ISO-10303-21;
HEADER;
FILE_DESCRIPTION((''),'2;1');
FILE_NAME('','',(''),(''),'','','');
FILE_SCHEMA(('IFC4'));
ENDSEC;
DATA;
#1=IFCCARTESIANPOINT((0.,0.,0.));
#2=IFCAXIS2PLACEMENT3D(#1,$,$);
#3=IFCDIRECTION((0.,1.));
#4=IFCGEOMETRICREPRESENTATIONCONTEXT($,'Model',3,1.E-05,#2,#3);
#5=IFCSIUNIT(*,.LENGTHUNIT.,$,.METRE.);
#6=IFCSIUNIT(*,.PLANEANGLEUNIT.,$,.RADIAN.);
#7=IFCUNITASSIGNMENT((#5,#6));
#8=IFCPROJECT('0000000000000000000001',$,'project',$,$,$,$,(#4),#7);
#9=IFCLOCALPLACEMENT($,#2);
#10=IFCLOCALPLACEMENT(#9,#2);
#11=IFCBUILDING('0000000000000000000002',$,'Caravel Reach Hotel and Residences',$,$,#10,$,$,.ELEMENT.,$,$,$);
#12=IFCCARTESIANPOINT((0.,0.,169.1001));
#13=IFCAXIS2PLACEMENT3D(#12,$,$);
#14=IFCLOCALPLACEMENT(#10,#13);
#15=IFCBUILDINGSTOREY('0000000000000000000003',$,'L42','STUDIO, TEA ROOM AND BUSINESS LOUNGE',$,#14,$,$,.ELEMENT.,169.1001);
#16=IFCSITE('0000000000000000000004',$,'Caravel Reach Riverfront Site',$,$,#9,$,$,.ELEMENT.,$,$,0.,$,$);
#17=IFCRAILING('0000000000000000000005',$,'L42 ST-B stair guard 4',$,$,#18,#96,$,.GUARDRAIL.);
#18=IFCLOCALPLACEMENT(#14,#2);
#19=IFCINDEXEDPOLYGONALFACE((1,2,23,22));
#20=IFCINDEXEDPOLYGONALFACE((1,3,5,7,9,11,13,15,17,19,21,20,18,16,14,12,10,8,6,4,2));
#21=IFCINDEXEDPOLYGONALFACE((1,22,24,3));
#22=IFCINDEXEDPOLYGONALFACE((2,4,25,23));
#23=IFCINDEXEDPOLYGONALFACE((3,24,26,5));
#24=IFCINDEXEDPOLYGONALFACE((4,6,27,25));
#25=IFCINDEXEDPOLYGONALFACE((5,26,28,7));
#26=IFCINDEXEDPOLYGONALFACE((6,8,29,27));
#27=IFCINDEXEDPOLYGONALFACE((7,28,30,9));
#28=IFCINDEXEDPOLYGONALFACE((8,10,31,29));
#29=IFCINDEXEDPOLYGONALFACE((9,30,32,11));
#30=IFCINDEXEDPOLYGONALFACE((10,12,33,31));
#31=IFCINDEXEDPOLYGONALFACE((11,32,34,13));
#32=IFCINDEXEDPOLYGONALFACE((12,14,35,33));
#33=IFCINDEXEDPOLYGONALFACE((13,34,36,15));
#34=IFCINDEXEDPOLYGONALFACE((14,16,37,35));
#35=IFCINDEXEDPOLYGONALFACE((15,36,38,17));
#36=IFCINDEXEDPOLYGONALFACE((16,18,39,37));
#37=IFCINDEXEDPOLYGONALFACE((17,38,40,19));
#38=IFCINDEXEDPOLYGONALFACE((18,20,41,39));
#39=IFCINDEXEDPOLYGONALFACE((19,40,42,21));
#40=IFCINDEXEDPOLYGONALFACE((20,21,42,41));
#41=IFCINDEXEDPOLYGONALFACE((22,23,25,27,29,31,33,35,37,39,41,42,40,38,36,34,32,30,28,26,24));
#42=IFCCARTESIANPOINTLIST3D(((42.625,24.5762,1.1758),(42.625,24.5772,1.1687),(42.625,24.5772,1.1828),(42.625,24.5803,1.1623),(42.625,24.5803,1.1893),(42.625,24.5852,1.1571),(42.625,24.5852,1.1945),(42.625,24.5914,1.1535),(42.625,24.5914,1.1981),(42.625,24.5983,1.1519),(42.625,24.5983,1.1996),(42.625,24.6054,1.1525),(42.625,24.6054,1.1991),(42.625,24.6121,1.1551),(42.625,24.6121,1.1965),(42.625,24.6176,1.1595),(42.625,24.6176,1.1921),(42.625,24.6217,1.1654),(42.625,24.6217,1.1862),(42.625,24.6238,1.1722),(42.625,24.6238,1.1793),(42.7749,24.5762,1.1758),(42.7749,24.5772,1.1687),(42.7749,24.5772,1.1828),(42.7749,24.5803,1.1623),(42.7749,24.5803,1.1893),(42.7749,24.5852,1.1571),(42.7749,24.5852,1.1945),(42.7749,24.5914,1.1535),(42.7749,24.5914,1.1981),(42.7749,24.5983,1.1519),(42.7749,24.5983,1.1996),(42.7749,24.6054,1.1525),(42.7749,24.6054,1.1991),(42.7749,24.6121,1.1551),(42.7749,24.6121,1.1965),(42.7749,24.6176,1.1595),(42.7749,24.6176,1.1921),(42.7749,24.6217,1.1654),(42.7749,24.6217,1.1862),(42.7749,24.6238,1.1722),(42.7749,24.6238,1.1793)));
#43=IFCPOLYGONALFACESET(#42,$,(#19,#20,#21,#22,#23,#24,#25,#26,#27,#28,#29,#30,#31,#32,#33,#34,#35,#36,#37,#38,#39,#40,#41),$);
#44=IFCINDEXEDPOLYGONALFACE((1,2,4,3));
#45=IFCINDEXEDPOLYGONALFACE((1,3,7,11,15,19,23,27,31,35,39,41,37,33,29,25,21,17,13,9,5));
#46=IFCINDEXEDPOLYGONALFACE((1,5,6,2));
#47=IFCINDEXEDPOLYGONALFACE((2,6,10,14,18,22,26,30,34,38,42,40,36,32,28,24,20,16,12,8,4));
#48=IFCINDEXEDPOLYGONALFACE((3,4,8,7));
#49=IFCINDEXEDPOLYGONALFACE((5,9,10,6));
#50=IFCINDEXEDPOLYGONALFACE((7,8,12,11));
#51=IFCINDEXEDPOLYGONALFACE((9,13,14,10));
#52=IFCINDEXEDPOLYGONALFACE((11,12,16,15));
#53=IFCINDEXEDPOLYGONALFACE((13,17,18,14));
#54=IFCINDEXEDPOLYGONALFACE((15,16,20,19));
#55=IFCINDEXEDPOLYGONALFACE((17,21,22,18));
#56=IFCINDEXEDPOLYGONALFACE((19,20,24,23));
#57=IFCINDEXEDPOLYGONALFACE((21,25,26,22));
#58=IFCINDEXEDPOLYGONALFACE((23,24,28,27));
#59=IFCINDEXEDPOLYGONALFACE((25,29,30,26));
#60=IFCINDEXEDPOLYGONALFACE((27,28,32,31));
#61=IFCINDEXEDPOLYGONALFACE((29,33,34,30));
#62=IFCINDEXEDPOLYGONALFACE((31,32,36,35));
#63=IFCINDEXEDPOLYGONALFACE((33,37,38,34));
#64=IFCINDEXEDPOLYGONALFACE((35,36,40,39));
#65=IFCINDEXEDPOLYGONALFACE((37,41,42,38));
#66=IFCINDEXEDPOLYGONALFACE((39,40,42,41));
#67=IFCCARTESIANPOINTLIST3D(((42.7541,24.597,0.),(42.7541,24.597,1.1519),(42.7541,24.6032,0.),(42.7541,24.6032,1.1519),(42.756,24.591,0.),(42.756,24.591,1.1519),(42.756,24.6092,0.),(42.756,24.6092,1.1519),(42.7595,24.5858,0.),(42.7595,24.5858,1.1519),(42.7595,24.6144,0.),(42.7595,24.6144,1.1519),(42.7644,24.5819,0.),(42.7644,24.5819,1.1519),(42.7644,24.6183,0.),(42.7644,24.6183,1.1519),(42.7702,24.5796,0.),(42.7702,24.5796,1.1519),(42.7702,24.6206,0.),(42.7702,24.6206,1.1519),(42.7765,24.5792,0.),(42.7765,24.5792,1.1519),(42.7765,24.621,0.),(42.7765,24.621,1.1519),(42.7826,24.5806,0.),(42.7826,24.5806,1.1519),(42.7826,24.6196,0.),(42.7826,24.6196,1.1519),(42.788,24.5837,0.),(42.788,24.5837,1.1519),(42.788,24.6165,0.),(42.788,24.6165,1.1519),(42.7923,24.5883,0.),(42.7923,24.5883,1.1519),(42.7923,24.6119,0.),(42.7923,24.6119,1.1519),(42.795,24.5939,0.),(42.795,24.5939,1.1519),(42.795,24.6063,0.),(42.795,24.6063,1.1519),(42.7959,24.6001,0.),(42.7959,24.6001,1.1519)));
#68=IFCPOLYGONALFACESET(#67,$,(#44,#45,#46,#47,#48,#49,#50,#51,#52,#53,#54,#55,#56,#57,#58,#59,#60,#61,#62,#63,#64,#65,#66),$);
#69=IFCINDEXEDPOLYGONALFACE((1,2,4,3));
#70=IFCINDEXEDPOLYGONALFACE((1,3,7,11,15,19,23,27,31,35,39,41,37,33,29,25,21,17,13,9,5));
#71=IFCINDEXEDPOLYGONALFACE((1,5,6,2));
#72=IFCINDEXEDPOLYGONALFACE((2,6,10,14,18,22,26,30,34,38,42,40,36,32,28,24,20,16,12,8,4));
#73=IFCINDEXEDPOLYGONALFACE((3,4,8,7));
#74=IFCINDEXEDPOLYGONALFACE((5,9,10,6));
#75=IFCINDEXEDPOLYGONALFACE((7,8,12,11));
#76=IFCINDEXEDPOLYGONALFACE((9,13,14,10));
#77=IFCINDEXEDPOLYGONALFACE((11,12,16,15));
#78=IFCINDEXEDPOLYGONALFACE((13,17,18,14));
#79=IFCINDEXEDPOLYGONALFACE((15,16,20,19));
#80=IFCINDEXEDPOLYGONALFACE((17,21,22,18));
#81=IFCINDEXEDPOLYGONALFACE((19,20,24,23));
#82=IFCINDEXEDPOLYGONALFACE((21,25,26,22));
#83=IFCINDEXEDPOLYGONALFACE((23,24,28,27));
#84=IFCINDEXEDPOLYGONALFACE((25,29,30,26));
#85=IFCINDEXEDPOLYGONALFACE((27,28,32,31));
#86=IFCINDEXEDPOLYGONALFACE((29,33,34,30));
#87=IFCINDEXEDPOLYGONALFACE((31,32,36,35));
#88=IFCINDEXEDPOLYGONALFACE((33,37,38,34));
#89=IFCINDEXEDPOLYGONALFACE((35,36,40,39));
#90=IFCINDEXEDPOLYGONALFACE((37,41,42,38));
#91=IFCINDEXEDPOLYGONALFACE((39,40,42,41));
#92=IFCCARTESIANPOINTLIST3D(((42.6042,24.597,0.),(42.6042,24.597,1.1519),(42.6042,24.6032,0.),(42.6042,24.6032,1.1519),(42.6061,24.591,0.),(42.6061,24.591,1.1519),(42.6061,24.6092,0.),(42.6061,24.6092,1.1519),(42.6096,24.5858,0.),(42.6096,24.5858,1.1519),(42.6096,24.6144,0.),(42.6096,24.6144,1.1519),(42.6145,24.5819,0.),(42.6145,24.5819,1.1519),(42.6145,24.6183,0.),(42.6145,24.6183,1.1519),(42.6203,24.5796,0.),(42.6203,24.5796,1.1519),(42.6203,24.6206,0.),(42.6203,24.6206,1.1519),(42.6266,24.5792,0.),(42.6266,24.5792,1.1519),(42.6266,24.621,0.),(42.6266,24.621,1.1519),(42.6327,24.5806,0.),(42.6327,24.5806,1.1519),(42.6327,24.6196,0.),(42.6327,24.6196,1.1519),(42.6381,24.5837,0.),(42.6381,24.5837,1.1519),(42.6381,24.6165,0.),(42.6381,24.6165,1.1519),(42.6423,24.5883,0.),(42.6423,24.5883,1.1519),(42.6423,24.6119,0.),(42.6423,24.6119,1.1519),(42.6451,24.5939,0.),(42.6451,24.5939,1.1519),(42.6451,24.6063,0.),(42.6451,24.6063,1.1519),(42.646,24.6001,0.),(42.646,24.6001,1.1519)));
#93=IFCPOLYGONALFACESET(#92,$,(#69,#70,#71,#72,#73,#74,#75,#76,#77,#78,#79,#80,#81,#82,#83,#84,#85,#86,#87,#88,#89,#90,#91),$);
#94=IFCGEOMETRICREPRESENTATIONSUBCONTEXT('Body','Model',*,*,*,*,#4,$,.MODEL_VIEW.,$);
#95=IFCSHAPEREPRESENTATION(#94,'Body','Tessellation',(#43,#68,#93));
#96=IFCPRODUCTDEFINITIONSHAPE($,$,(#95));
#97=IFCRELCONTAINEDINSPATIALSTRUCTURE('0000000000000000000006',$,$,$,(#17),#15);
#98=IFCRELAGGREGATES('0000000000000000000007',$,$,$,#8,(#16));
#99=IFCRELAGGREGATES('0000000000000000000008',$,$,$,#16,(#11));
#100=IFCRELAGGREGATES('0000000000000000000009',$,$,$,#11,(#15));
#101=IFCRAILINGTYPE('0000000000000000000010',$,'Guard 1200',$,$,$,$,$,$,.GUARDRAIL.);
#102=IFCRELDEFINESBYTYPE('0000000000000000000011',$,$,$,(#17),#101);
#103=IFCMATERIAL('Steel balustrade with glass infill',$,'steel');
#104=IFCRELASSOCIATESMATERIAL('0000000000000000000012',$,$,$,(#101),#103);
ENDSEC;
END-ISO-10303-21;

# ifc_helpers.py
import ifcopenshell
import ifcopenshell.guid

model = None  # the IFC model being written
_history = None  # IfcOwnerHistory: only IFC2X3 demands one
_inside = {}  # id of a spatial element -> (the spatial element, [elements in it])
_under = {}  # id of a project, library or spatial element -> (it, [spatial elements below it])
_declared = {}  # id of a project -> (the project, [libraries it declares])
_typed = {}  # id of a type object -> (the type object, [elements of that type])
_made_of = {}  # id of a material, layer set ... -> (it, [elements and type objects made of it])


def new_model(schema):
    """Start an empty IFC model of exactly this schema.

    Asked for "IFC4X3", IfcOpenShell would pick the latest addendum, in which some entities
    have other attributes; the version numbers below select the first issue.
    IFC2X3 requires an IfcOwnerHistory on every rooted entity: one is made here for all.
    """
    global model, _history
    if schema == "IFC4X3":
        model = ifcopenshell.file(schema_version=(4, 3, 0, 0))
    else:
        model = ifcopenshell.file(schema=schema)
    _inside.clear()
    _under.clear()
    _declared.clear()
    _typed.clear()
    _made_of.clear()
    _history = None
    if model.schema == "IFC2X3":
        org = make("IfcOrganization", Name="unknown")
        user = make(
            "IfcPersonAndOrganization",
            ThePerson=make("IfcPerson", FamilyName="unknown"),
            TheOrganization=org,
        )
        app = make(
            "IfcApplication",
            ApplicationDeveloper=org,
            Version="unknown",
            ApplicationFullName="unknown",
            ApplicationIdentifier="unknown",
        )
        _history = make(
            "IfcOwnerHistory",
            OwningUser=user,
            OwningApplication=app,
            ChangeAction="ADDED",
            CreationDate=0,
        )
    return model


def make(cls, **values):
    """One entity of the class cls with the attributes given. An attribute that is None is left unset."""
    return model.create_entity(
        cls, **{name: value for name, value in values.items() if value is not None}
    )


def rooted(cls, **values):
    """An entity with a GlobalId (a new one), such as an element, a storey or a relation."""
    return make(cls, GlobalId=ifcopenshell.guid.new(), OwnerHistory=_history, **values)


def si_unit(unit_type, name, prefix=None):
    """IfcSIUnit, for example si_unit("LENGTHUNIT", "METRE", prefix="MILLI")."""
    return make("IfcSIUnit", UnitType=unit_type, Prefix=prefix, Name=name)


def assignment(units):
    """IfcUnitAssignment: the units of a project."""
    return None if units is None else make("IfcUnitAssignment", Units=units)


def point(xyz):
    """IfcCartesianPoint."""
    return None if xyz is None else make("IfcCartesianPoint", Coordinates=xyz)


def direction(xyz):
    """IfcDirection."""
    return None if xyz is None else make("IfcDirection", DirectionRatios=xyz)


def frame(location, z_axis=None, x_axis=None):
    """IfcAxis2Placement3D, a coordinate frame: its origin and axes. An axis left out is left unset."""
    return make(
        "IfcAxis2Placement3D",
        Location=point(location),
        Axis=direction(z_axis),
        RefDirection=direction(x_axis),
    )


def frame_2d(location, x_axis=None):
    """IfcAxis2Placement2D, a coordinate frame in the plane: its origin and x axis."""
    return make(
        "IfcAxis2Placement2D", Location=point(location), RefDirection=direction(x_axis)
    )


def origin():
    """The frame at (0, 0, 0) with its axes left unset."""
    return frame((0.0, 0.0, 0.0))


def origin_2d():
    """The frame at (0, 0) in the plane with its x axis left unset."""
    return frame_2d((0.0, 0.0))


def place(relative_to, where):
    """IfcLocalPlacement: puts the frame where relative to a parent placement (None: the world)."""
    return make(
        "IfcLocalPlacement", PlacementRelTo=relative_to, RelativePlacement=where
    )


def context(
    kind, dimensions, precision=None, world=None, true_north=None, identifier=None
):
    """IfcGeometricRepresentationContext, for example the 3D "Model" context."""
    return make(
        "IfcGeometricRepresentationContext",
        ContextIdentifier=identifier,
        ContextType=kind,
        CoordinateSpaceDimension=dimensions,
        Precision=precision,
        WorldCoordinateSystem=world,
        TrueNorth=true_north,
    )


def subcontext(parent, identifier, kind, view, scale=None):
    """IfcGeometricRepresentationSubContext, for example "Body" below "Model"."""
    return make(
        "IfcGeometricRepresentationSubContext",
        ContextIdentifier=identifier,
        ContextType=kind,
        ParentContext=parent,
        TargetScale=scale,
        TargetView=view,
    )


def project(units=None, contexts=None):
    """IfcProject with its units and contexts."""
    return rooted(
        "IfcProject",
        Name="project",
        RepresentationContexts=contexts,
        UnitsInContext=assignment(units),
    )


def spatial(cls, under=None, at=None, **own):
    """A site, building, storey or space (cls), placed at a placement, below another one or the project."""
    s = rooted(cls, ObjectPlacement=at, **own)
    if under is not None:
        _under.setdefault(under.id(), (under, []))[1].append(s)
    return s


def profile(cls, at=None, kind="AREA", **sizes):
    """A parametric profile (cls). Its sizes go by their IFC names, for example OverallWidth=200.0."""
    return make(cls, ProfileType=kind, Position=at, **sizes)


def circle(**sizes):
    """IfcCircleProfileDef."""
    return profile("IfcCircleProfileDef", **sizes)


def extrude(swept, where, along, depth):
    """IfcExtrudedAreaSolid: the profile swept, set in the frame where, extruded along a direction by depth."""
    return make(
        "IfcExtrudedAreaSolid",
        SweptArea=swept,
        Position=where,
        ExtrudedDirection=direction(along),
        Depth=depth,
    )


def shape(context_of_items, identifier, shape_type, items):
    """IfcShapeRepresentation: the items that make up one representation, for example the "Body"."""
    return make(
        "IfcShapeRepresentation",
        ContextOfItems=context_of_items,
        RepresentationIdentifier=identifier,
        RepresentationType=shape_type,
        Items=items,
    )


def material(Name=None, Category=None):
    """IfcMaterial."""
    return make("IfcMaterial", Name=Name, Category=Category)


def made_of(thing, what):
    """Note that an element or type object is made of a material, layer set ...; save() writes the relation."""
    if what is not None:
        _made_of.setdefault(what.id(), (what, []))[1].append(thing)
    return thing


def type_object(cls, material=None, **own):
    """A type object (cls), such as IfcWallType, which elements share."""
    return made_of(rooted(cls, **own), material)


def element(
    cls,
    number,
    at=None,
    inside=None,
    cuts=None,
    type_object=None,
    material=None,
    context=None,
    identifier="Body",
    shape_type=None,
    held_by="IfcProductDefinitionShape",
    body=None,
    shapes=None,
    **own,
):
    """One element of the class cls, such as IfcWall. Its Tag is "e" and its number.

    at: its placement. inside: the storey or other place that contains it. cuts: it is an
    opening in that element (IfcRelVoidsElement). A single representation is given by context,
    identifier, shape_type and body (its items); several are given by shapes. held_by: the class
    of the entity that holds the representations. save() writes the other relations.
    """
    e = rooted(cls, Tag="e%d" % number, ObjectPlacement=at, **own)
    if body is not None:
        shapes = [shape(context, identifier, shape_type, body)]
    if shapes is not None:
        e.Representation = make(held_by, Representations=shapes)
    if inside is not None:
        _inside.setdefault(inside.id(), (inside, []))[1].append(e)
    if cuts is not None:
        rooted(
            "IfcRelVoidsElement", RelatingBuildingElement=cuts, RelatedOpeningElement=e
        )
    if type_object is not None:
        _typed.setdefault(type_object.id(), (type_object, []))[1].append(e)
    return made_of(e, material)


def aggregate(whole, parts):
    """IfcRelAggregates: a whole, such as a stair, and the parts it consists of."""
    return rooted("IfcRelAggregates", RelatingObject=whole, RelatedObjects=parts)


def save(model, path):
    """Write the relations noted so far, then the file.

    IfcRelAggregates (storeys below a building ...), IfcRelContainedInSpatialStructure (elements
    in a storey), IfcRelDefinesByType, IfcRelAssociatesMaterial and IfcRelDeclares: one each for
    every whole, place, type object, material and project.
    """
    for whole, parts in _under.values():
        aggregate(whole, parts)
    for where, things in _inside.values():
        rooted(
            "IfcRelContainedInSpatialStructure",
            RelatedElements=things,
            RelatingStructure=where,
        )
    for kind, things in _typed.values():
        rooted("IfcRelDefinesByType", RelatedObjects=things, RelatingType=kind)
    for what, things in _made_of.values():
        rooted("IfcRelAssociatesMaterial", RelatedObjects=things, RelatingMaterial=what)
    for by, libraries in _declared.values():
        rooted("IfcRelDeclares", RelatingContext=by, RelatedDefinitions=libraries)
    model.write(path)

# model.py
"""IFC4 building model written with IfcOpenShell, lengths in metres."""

from ifc_helpers import new_model, si_unit, direction, frame, origin, origin_2d, place, context, subcontext, project, spatial, circle, extrude, material, type_object, element, save


model = new_model("IFC4")

# Units and contexts
model_context = context("Model", 3, precision=1e-05, world=origin(), true_north=direction((0.0, 1.0)))
body_context = subcontext(model_context, "Body", "Model", "MODEL_VIEW")
ifc_project = project(units=[si_unit("LENGTHUNIT", "METRE"), si_unit("PLANEANGLEUNIT", "RADIAN")], contexts=[model_context])

# Site, building, storey
site_placement = place(None, origin())
site = spatial("IfcSite", under=ifc_project, at=site_placement, Name="Caravel Reach Riverfront Site", CompositionType="ELEMENT", RefElevation=0.0)
building_placement = place(site_placement, origin())
building = spatial("IfcBuilding", under=site, at=building_placement, Name="Caravel Reach Hotel and Residences", CompositionType="ELEMENT")
storey_placement = place(building_placement, frame((0.0, 0.0, 169.1001)))
storey = spatial("IfcBuildingStorey", under=building, at=storey_placement, Name="L42", Description="STUDIO, TEA ROOM AND BUSINESS LOUNGE", CompositionType="ELEMENT", Elevation=169.1001)

# Railing
ifc_material_1 = material(Name="Steel balustrade with glass infill", Category="steel")
railing_type_1 = type_object("IfcRailingType", Name="Guard 1200", PredefinedType="GUARDRAIL", material=ifc_material_1)
railing_1_placement = place(storey_placement, frame((42.7749, 24.6001, 0.0)))
element("IfcRailing", 1, at=railing_1_placement, inside=storey, type_object=railing_type_1, Name="L42 ST-B stair guard 4", PredefinedType="GUARDRAIL", context=body_context, shape_type="SweptSolid", body=[
    extrude(circle(Radius=0.0239, at=origin_2d()), frame((0.0, 0.0, 1.1758), z_axis=(-1.0, 0.0, 0.0), x_axis=(0.0, -1.0, 0.0)), (0.0, 0.0, 1.0), 0.1499),
    extrude(circle(Radius=0.021, at=origin_2d()), origin(), (0.0, 0.0, 1.0), 1.1519),
    extrude(circle(Radius=0.021, at=origin_2d()), frame((-0.1499, 0.0, 0.0)), (0.0, 0.0, 1.0), 1.1519),
])

save(model, "model.ifc")
